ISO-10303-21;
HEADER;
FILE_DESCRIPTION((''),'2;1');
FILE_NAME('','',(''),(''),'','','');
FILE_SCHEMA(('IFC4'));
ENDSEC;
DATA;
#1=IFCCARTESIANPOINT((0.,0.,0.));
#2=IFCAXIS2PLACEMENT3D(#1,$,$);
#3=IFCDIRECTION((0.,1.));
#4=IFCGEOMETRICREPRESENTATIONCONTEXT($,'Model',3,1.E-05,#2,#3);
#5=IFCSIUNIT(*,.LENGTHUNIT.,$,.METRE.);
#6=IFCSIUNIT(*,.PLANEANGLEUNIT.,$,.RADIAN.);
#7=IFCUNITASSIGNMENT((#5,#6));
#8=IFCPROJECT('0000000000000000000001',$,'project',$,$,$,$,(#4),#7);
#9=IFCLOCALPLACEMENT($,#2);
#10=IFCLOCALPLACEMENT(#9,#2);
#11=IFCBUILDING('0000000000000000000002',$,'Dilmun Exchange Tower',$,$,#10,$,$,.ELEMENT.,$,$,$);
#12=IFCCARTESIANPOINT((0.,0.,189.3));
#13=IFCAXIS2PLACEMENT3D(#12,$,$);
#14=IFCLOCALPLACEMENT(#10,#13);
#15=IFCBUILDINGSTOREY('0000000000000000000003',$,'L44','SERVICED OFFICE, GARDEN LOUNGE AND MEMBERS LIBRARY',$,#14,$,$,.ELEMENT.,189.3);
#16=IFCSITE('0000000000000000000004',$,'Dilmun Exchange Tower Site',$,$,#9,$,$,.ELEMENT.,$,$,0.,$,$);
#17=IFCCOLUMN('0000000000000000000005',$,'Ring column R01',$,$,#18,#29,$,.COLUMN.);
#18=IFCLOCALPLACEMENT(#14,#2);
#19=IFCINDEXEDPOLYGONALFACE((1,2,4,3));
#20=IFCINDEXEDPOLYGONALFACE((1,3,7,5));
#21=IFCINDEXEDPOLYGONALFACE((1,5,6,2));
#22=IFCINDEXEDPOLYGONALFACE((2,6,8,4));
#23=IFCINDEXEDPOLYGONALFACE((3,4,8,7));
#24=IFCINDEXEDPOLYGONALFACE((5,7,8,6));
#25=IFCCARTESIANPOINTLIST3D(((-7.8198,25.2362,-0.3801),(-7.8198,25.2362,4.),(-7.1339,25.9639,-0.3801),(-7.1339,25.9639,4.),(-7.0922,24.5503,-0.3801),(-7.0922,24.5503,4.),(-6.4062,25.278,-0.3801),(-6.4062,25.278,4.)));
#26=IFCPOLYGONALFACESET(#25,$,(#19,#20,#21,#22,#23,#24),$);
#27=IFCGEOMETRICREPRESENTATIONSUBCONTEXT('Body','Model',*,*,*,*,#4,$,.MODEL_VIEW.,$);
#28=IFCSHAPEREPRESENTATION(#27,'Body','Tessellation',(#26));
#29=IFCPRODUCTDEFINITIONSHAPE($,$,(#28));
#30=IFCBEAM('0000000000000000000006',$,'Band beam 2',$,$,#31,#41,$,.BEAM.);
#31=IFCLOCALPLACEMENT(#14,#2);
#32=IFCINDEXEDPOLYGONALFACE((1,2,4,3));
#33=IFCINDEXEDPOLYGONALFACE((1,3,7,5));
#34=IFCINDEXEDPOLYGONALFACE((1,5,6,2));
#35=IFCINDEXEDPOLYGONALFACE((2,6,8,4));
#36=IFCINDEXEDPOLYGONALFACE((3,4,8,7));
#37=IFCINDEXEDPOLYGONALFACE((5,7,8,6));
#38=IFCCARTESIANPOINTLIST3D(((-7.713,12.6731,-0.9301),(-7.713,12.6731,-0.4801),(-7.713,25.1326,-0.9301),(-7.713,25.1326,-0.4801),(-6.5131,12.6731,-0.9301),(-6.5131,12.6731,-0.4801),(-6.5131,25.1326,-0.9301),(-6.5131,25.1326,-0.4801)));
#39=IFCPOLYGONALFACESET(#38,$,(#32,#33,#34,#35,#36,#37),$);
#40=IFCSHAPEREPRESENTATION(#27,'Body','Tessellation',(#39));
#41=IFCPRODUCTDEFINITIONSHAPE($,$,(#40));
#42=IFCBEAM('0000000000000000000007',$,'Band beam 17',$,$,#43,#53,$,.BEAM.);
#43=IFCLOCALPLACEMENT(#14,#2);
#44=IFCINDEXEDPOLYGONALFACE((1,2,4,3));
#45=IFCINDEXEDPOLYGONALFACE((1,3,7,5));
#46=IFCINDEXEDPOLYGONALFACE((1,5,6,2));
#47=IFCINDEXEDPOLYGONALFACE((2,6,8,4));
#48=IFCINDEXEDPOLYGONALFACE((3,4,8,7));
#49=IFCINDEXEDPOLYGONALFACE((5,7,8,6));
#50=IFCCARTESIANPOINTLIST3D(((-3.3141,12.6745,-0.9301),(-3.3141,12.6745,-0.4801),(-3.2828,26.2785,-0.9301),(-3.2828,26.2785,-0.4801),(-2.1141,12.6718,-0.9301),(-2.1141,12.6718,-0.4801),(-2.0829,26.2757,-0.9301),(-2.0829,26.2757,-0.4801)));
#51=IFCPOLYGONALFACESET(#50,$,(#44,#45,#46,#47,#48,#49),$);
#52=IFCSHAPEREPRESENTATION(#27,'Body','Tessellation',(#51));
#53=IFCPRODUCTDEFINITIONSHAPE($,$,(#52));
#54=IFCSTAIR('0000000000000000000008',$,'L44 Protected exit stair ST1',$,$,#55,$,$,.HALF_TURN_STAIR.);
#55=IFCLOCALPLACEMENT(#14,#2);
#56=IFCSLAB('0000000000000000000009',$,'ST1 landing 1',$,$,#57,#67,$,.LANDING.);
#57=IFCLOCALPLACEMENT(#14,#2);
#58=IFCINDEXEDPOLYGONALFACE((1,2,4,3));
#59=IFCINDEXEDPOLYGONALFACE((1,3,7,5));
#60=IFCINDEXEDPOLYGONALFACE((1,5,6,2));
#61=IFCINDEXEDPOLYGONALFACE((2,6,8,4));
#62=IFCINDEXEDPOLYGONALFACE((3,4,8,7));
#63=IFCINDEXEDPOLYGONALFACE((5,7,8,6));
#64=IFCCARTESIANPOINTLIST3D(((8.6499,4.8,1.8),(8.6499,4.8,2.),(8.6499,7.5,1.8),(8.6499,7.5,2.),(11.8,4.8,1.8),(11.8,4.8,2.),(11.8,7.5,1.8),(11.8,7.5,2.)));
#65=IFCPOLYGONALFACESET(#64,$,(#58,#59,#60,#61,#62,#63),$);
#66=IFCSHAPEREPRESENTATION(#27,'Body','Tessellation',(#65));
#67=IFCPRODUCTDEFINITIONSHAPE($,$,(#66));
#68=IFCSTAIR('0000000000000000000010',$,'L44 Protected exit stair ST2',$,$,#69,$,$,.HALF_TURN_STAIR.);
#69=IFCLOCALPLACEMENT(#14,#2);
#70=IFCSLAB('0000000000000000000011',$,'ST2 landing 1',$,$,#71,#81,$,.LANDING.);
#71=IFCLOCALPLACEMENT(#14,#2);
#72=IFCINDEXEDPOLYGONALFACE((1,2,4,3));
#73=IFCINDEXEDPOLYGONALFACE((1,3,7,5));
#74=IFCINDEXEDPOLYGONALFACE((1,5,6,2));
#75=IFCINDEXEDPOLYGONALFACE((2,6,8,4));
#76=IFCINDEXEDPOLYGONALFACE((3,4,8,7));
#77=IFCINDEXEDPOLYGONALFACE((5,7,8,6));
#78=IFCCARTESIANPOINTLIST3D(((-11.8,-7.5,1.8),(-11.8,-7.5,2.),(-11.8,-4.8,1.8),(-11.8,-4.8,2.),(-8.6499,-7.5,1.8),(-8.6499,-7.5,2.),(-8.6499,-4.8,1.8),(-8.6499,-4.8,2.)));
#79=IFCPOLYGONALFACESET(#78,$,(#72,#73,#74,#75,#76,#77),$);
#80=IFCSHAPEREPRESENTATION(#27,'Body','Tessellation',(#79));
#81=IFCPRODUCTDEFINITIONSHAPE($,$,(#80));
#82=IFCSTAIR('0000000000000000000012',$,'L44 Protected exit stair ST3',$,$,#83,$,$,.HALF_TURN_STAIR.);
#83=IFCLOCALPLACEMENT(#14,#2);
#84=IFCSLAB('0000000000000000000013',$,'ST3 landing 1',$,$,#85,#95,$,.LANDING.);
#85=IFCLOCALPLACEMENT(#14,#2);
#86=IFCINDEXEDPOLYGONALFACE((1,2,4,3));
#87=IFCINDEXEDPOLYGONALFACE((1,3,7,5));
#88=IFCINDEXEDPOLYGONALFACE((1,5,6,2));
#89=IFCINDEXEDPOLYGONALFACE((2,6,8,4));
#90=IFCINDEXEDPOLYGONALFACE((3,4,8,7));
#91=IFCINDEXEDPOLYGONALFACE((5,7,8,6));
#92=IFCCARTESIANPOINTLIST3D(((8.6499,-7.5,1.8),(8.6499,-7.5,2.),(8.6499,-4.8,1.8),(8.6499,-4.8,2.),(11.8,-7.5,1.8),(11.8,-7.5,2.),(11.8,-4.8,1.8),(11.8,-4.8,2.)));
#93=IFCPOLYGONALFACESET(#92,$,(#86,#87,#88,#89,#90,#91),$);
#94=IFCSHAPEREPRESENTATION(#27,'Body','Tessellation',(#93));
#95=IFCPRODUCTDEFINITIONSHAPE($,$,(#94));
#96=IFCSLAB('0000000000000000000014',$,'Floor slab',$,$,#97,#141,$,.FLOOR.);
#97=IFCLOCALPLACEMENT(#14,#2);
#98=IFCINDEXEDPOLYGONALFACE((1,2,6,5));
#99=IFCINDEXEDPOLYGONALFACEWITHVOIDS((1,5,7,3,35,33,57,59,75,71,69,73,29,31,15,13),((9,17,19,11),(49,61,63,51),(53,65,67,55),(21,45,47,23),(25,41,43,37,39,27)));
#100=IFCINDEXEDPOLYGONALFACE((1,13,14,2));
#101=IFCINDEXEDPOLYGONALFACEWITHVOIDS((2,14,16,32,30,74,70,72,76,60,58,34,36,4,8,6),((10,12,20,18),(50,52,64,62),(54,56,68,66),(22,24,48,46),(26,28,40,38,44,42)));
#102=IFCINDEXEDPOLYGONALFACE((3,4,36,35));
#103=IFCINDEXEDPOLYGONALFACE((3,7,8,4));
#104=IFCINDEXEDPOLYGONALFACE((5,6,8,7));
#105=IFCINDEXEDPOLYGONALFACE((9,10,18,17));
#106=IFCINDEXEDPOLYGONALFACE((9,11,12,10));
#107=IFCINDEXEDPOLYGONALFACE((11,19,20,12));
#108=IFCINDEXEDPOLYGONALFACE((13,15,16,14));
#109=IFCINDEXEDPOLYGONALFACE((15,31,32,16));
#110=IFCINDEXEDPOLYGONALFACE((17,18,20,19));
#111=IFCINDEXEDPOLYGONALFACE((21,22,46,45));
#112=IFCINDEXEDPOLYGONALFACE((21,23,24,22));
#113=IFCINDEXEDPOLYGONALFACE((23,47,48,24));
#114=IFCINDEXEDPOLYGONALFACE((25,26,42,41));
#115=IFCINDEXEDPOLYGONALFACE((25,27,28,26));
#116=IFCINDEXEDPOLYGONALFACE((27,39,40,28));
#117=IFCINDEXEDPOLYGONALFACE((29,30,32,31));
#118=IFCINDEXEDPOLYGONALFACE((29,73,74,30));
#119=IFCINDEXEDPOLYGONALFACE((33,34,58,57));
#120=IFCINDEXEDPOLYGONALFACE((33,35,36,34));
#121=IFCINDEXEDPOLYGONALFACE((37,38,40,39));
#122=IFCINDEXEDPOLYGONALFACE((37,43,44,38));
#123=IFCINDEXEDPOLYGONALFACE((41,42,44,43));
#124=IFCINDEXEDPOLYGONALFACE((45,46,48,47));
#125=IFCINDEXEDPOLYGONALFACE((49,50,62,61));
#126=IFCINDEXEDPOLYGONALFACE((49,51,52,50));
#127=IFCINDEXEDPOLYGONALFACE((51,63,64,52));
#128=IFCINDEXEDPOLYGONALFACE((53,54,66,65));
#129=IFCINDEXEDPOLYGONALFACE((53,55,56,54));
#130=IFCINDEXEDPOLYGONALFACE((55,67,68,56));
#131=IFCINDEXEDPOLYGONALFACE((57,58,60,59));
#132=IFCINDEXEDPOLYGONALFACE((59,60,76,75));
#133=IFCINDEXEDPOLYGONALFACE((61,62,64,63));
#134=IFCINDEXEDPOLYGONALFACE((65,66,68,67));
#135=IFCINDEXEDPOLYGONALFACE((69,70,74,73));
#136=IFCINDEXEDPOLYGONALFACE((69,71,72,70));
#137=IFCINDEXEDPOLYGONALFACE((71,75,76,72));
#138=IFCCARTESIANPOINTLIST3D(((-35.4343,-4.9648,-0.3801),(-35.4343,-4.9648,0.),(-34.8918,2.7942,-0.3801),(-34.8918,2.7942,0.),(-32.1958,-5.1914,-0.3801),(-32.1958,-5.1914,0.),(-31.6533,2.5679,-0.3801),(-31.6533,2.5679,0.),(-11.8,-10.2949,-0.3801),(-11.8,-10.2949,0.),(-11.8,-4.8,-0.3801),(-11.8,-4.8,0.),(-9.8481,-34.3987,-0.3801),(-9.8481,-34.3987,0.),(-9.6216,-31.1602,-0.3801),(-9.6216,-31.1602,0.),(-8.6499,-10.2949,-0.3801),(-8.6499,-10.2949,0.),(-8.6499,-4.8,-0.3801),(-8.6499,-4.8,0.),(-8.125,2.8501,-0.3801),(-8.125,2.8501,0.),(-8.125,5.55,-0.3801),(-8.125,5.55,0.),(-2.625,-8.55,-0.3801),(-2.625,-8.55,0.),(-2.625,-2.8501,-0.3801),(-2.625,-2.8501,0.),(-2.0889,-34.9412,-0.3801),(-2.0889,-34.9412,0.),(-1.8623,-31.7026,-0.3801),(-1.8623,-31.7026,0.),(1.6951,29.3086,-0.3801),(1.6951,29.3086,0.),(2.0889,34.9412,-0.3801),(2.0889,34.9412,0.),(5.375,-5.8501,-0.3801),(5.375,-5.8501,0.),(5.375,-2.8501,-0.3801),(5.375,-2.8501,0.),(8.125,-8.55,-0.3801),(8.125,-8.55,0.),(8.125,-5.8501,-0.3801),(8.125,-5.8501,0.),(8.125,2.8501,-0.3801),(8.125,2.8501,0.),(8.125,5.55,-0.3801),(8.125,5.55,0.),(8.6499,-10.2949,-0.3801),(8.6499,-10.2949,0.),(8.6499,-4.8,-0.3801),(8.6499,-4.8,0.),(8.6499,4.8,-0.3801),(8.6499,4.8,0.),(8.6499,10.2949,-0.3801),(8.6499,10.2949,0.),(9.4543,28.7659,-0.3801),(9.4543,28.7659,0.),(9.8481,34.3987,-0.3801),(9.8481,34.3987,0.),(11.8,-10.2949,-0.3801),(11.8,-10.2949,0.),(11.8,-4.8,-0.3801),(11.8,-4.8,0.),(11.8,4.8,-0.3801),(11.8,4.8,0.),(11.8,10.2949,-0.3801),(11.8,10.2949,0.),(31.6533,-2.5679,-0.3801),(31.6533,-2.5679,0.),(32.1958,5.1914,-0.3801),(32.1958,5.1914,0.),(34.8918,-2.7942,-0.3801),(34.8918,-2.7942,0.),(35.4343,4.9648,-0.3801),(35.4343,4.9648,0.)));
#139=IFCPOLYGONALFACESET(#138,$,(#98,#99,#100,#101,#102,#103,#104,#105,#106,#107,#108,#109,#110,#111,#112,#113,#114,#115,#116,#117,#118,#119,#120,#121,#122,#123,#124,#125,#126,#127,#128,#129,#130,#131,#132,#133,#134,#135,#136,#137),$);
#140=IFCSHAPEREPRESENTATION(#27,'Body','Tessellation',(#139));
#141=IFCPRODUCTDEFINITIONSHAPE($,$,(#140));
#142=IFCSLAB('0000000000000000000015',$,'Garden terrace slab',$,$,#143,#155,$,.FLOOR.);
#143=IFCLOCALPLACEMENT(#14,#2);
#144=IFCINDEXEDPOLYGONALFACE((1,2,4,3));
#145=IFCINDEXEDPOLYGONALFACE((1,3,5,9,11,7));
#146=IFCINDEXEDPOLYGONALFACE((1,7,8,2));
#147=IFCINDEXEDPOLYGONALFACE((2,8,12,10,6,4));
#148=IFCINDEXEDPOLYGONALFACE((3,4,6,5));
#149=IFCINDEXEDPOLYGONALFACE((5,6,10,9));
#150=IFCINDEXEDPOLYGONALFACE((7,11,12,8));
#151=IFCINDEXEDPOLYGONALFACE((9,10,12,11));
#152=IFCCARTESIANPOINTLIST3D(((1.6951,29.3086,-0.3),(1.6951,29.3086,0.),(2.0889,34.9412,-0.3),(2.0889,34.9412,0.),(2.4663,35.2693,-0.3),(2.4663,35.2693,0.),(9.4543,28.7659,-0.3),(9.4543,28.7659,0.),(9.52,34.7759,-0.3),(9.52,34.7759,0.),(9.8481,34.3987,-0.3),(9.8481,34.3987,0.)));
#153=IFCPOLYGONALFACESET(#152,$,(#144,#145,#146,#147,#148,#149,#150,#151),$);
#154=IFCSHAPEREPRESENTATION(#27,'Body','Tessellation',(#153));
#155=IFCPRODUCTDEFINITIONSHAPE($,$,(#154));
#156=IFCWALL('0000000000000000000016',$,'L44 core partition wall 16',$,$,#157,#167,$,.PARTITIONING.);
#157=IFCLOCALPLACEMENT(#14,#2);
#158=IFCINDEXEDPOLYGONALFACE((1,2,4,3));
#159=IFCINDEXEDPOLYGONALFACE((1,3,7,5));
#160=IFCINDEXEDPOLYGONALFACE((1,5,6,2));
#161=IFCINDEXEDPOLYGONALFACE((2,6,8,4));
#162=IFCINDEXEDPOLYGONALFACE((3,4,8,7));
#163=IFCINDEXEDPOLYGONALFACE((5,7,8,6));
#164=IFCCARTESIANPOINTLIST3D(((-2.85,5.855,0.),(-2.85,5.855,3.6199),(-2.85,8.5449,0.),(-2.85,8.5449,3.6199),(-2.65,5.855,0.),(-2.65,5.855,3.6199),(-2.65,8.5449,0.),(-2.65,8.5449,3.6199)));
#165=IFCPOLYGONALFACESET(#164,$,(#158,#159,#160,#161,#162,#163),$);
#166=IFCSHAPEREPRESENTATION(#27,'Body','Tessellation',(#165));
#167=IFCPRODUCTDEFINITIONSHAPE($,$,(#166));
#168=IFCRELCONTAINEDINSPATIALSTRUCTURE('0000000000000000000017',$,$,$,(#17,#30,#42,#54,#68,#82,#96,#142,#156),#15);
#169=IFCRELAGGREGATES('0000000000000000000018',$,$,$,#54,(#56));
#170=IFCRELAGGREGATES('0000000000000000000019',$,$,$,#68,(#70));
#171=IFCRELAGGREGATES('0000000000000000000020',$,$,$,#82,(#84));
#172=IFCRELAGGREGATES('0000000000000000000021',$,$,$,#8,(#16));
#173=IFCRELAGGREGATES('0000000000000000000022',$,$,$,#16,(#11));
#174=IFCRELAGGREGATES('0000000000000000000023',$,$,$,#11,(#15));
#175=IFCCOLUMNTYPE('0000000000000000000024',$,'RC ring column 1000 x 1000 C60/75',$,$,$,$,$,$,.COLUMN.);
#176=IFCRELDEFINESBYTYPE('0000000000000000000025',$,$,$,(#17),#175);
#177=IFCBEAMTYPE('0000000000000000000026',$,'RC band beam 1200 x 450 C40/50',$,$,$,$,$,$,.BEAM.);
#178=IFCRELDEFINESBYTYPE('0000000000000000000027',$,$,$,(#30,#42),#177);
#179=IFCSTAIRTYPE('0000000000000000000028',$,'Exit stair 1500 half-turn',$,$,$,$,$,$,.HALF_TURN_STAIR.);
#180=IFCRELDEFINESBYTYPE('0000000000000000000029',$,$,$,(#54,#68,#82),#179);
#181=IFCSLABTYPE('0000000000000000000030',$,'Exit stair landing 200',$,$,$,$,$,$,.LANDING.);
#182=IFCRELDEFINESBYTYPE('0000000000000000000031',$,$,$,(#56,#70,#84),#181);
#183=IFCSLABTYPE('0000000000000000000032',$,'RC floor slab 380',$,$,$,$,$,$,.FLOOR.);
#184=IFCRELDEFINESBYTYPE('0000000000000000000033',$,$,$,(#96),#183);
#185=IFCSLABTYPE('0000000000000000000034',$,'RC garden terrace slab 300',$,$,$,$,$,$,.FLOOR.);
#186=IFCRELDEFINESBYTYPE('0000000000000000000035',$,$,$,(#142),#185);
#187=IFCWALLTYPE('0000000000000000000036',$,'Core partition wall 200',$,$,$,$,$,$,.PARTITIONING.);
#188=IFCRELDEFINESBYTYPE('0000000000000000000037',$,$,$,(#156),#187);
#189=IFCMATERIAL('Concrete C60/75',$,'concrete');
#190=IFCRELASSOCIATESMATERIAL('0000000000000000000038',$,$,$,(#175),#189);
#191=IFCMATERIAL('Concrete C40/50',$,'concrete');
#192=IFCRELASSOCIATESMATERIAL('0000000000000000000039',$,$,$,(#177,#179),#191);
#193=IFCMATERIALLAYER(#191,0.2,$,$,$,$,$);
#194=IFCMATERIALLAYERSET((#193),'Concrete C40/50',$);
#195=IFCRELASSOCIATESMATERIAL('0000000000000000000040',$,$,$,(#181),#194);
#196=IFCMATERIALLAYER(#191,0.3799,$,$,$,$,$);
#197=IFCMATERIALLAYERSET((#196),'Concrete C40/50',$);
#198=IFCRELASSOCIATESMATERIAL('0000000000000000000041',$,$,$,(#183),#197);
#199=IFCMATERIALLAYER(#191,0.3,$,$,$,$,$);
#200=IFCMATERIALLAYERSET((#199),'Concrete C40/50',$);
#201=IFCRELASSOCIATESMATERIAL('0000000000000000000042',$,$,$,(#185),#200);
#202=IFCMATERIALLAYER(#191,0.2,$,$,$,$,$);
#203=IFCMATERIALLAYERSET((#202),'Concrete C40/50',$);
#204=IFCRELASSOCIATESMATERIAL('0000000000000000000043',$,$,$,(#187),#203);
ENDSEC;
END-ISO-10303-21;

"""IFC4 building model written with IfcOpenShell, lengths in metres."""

from ifc_helpers import new_model, si_unit, direction, frame, frame_2d, origin, origin_2d, place, context, subcontext, project, spatial, polyline, rectangle, outline, extrude, material, layer, layer_set, material_profile, profile_set, type_object, element, aggregate, save


model = new_model("IFC4")

# Units and contexts
model_context = context("Model", 3, precision=1e-05, world=origin(), true_north=direction((0.0, 1.0)))
body_context = subcontext(model_context, "Body", "Model", "MODEL_VIEW")
ifc_project = project(units=[si_unit("LENGTHUNIT", "METRE"), si_unit("PLANEANGLEUNIT", "RADIAN")], contexts=[model_context])

# Site, building, storey
site_placement = place(None, origin())
site = spatial("IfcSite", under=ifc_project, at=site_placement, Name="Dilmun Exchange Tower Site", CompositionType="ELEMENT", RefElevation=0.0)
building_placement = place(site_placement, origin())
building = spatial("IfcBuilding", under=site, at=building_placement, Name="Dilmun Exchange Tower", CompositionType="ELEMENT")
storey_placement = place(building_placement, frame((0.0, 0.0, 189.3)))
storey = spatial("IfcBuildingStorey", under=building, at=storey_placement, Name="L44", Description="SERVICED OFFICE, GARDEN LOUNGE AND MEMBERS LIBRARY", CompositionType="ELEMENT", Elevation=189.3)

# Column
ifc_material_1 = material(Name="Concrete C60/75", Category="concrete")
ifc_material_profile_1 = material_profile(ifc_material_1, rectangle(XDim=1.0, YDim=1.0, at=origin_2d()), Name="1000 x 1000")
ifc_profile_set_1 = profile_set([ifc_material_profile_1], Name="Concrete C60/75")
column_type = type_object("IfcColumnType", Name="RC ring column 1000 x 1000 C60/75", PredefinedType="COLUMN", material=ifc_profile_set_1)
column_placement = place(storey_placement, frame((-7.113, 25.2571, -0.3801), z_axis=(0.0, 0.0, 1.0), x_axis=(0.685916, 0.727681, 0.0)))
element("IfcColumn", 1, at=column_placement, inside=storey, type_object=column_type, Name="Ring column R01", PredefinedType="COLUMN", context=body_context, shape_type="SweptSolid", body=[
    extrude(rectangle(XDim=1.0, YDim=1.0, at=origin_2d()), origin(), (0.0, 0.0, 1.0), 4.3801),
])

# Beams
ifc_material_2 = material(Name="Concrete C40/50", Category="concrete")
ifc_material_profile_2 = material_profile(ifc_material_2, rectangle(XDim=1.2, YDim=0.45, at=origin_2d()), Name="1200 x 450")
ifc_profile_set_2 = profile_set([ifc_material_profile_2], Name="Concrete C40/50")
beam_type = type_object("IfcBeamType", Name="RC band beam 1200 x 450 C40/50", PredefinedType="BEAM", material=ifc_profile_set_2)
beam_1_placement = place(storey_placement, frame((-7.113, 25.1326, -0.7051), z_axis=(0.0, -1.0, 0.0), x_axis=(1.0, 0.0, 0.0)))
element("IfcBeam", 2, at=beam_1_placement, inside=storey, type_object=beam_type, Name="Band beam 2", PredefinedType="BEAM", context=body_context, shape_type="SweptSolid", body=[
    extrude(rectangle(XDim=1.2, YDim=0.45, at=origin_2d()), origin(), (0.0, 0.0, 1.0), 12.4595),
])
beam_2_placement = place(storey_placement, frame((-2.6829, 26.2771, -0.7051), z_axis=(-0.002297, -0.999997, 0.0), x_axis=(0.999997, -0.002297, 0.0)))
element("IfcBeam", 3, at=beam_2_placement, inside=storey, type_object=beam_type, Name="Band beam 17", PredefinedType="BEAM", context=body_context, shape_type="SweptSolid", body=[
    extrude(rectangle(XDim=1.2, YDim=0.45, at=origin_2d()), origin(), (0.0, 0.0, 1.0), 13.604),
])

# Stairs, slabs
stair_type = type_object("IfcStairType", Name="Exit stair 1500 half-turn", PredefinedType="HALF_TURN_STAIR", material=ifc_material_2)
stair_1_placement = place(storey_placement, origin())
stair_1 = element("IfcStair", 4, at=stair_1_placement, inside=storey, type_object=stair_type, Name="L44 Protected exit stair ST1", PredefinedType="HALF_TURN_STAIR")
ifc_layer_1 = layer(ifc_material_2, 0.2)
ifc_layer_set_1 = layer_set([ifc_layer_1], Name="Concrete C40/50")
slab_type_1 = type_object("IfcSlabType", Name="Exit stair landing 200", PredefinedType="LANDING", material=ifc_layer_set_1)
slab_1_placement = place(storey_placement, frame((0.0, 0.0, 1.8)))
slab_1 = element("IfcSlab", 5, at=slab_1_placement, type_object=slab_type_1, Name="ST1 landing 1", PredefinedType="LANDING", context=body_context, shape_type="SweptSolid", body=[
    extrude(outline(polyline([(8.6499, 7.5), (8.6499, 4.8), (11.8, 4.8), (11.8, 7.5), (8.6499, 7.5)])), origin(), (0.0, 0.0, 1.0), 0.2),
])
aggregate(stair_1, [slab_1])
stair_2_placement = place(storey_placement, origin())
stair_2 = element("IfcStair", 6, at=stair_2_placement, inside=storey, type_object=stair_type, Name="L44 Protected exit stair ST2", PredefinedType="HALF_TURN_STAIR")
slab_2_placement = place(storey_placement, frame((0.0, 0.0, 1.8)))
slab_2 = element("IfcSlab", 7, at=slab_2_placement, type_object=slab_type_1, Name="ST2 landing 1", PredefinedType="LANDING", context=body_context, shape_type="SweptSolid", body=[
    extrude(outline(polyline([(-8.6499, -7.5), (-8.6499, -4.8), (-11.8, -4.8), (-11.8, -7.5), (-8.6499, -7.5)])), origin(), (0.0, 0.0, 1.0), 0.2),
])
aggregate(stair_2, [slab_2])
stair_3_placement = place(storey_placement, origin())
stair_3 = element("IfcStair", 8, at=stair_3_placement, inside=storey, type_object=stair_type, Name="L44 Protected exit stair ST3", PredefinedType="HALF_TURN_STAIR")
slab_3_placement = place(storey_placement, frame((0.0, 0.0, 1.8)))
slab_3 = element("IfcSlab", 9, at=slab_3_placement, type_object=slab_type_1, Name="ST3 landing 1", PredefinedType="LANDING", context=body_context, shape_type="SweptSolid", body=[
    extrude(outline(polyline([(11.8, -7.5), (11.8, -4.8), (8.6499, -4.8), (8.6499, -7.5), (11.8, -7.5)])), origin(), (0.0, 0.0, 1.0), 0.2),
])
aggregate(stair_3, [slab_3])

# Slabs
ifc_layer_2 = layer(ifc_material_2, 0.3799)
ifc_layer_set_2 = layer_set([ifc_layer_2], Name="Concrete C40/50")
slab_type_2 = type_object("IfcSlabType", Name="RC floor slab 380", PredefinedType="FLOOR", material=ifc_layer_set_2)
slab_4_placement = place(storey_placement, frame((0.0, 0.0, -0.3801)))
element("IfcSlab", 10, at=slab_4_placement, inside=storey, type_object=slab_type_2, Name="Floor slab", PredefinedType="FLOOR", context=body_context, shape_type="SweptSolid", body=[
    extrude(outline(polyline([(32.1958, 5.1914), (31.6533, -2.5679), (34.8918, -2.7942), (-2.0889, -34.9412), (-1.8623, -31.7026), (-9.6216, -31.1602), (-9.8481, -34.3987), (-35.4343, -4.9648), (-32.1958, -5.1914), (-31.6533, 2.5679), (-34.8918, 2.7942), (2.0889, 34.9412), (1.6951, 29.3086), (9.4543, 28.7659), (9.8481, 34.3987), (35.4343, 4.9648), (32.1958, 5.1914)]), holes=[polyline([(-8.6499, -4.8), (-11.8, -4.8), (-11.8, -10.2949), (-8.6499, -10.2949), (-8.6499, -4.8)]), polyline([(11.8, -4.8), (8.6499, -4.8), (8.6499, -10.2949), (11.8, -10.2949), (11.8, -4.8)]), polyline([(5.375, -2.8501), (-2.625, -2.8501), (-2.625, -8.55), (8.125, -8.55), (8.125, -5.8501), (5.375, -5.8501), (5.375, -2.8501)]), polyline([(8.125, 2.8501), (8.125, 5.55), (-8.125, 5.55), (-8.125, 2.8501), (8.125, 2.8501)]), polyline([(8.6499, 10.2949), (8.6499, 4.8), (11.8, 4.8), (11.8, 10.2949), (8.6499, 10.2949)])]), origin(), (0.0, 0.0, 1.0), 0.3801),
])
ifc_layer_3 = layer(ifc_material_2, 0.3)
ifc_layer_set_3 = layer_set([ifc_layer_3], Name="Concrete C40/50")
slab_type_3 = type_object("IfcSlabType", Name="RC garden terrace slab 300", PredefinedType="FLOOR", material=ifc_layer_set_3)
slab_5_placement = place(storey_placement, frame((0.0, 0.0, -0.3)))
element("IfcSlab", 11, at=slab_5_placement, inside=storey, type_object=slab_type_3, Name="Garden terrace slab", PredefinedType="FLOOR", context=body_context, shape_type="SweptSolid", body=[
    extrude(outline(polyline([(1.6951, 29.3086), (2.0889, 34.9412), (2.4663, 35.2693), (9.52, 34.7759), (9.8481, 34.3987), (9.4543, 28.7659), (1.6951, 29.3086)])), origin(), (0.0, 0.0, 1.0), 0.3),
])

# Shared definitions
ifc_layer_4 = layer(ifc_material_2, 0.2)
ifc_layer_set_4 = layer_set([ifc_layer_4], Name="Concrete C40/50")
wall_type_1 = type_object("IfcWallType", Name="Core partition wall 200", PredefinedType="PARTITIONING", material=ifc_layer_set_4)

# Wall
wall_1_placement = place(storey_placement, frame((-2.75, 5.855, 0.0), z_axis=(0.0, 0.0, 1.0), x_axis=(0.0, 1.0, 0.0)))
element("IfcWall", 12, at=wall_1_placement, inside=storey, type_object=wall_type_1, Name="L44 core partition wall 16", PredefinedType="PARTITIONING", context=body_context, shape_type="SweptSolid", body=[
    extrude(rectangle(XDim=2.6899, YDim=0.2, at=frame_2d((1.345, 0.0))), origin(), (0.0, 0.0, 1.0), 3.6199),
])

save(model, "model.ifc")
